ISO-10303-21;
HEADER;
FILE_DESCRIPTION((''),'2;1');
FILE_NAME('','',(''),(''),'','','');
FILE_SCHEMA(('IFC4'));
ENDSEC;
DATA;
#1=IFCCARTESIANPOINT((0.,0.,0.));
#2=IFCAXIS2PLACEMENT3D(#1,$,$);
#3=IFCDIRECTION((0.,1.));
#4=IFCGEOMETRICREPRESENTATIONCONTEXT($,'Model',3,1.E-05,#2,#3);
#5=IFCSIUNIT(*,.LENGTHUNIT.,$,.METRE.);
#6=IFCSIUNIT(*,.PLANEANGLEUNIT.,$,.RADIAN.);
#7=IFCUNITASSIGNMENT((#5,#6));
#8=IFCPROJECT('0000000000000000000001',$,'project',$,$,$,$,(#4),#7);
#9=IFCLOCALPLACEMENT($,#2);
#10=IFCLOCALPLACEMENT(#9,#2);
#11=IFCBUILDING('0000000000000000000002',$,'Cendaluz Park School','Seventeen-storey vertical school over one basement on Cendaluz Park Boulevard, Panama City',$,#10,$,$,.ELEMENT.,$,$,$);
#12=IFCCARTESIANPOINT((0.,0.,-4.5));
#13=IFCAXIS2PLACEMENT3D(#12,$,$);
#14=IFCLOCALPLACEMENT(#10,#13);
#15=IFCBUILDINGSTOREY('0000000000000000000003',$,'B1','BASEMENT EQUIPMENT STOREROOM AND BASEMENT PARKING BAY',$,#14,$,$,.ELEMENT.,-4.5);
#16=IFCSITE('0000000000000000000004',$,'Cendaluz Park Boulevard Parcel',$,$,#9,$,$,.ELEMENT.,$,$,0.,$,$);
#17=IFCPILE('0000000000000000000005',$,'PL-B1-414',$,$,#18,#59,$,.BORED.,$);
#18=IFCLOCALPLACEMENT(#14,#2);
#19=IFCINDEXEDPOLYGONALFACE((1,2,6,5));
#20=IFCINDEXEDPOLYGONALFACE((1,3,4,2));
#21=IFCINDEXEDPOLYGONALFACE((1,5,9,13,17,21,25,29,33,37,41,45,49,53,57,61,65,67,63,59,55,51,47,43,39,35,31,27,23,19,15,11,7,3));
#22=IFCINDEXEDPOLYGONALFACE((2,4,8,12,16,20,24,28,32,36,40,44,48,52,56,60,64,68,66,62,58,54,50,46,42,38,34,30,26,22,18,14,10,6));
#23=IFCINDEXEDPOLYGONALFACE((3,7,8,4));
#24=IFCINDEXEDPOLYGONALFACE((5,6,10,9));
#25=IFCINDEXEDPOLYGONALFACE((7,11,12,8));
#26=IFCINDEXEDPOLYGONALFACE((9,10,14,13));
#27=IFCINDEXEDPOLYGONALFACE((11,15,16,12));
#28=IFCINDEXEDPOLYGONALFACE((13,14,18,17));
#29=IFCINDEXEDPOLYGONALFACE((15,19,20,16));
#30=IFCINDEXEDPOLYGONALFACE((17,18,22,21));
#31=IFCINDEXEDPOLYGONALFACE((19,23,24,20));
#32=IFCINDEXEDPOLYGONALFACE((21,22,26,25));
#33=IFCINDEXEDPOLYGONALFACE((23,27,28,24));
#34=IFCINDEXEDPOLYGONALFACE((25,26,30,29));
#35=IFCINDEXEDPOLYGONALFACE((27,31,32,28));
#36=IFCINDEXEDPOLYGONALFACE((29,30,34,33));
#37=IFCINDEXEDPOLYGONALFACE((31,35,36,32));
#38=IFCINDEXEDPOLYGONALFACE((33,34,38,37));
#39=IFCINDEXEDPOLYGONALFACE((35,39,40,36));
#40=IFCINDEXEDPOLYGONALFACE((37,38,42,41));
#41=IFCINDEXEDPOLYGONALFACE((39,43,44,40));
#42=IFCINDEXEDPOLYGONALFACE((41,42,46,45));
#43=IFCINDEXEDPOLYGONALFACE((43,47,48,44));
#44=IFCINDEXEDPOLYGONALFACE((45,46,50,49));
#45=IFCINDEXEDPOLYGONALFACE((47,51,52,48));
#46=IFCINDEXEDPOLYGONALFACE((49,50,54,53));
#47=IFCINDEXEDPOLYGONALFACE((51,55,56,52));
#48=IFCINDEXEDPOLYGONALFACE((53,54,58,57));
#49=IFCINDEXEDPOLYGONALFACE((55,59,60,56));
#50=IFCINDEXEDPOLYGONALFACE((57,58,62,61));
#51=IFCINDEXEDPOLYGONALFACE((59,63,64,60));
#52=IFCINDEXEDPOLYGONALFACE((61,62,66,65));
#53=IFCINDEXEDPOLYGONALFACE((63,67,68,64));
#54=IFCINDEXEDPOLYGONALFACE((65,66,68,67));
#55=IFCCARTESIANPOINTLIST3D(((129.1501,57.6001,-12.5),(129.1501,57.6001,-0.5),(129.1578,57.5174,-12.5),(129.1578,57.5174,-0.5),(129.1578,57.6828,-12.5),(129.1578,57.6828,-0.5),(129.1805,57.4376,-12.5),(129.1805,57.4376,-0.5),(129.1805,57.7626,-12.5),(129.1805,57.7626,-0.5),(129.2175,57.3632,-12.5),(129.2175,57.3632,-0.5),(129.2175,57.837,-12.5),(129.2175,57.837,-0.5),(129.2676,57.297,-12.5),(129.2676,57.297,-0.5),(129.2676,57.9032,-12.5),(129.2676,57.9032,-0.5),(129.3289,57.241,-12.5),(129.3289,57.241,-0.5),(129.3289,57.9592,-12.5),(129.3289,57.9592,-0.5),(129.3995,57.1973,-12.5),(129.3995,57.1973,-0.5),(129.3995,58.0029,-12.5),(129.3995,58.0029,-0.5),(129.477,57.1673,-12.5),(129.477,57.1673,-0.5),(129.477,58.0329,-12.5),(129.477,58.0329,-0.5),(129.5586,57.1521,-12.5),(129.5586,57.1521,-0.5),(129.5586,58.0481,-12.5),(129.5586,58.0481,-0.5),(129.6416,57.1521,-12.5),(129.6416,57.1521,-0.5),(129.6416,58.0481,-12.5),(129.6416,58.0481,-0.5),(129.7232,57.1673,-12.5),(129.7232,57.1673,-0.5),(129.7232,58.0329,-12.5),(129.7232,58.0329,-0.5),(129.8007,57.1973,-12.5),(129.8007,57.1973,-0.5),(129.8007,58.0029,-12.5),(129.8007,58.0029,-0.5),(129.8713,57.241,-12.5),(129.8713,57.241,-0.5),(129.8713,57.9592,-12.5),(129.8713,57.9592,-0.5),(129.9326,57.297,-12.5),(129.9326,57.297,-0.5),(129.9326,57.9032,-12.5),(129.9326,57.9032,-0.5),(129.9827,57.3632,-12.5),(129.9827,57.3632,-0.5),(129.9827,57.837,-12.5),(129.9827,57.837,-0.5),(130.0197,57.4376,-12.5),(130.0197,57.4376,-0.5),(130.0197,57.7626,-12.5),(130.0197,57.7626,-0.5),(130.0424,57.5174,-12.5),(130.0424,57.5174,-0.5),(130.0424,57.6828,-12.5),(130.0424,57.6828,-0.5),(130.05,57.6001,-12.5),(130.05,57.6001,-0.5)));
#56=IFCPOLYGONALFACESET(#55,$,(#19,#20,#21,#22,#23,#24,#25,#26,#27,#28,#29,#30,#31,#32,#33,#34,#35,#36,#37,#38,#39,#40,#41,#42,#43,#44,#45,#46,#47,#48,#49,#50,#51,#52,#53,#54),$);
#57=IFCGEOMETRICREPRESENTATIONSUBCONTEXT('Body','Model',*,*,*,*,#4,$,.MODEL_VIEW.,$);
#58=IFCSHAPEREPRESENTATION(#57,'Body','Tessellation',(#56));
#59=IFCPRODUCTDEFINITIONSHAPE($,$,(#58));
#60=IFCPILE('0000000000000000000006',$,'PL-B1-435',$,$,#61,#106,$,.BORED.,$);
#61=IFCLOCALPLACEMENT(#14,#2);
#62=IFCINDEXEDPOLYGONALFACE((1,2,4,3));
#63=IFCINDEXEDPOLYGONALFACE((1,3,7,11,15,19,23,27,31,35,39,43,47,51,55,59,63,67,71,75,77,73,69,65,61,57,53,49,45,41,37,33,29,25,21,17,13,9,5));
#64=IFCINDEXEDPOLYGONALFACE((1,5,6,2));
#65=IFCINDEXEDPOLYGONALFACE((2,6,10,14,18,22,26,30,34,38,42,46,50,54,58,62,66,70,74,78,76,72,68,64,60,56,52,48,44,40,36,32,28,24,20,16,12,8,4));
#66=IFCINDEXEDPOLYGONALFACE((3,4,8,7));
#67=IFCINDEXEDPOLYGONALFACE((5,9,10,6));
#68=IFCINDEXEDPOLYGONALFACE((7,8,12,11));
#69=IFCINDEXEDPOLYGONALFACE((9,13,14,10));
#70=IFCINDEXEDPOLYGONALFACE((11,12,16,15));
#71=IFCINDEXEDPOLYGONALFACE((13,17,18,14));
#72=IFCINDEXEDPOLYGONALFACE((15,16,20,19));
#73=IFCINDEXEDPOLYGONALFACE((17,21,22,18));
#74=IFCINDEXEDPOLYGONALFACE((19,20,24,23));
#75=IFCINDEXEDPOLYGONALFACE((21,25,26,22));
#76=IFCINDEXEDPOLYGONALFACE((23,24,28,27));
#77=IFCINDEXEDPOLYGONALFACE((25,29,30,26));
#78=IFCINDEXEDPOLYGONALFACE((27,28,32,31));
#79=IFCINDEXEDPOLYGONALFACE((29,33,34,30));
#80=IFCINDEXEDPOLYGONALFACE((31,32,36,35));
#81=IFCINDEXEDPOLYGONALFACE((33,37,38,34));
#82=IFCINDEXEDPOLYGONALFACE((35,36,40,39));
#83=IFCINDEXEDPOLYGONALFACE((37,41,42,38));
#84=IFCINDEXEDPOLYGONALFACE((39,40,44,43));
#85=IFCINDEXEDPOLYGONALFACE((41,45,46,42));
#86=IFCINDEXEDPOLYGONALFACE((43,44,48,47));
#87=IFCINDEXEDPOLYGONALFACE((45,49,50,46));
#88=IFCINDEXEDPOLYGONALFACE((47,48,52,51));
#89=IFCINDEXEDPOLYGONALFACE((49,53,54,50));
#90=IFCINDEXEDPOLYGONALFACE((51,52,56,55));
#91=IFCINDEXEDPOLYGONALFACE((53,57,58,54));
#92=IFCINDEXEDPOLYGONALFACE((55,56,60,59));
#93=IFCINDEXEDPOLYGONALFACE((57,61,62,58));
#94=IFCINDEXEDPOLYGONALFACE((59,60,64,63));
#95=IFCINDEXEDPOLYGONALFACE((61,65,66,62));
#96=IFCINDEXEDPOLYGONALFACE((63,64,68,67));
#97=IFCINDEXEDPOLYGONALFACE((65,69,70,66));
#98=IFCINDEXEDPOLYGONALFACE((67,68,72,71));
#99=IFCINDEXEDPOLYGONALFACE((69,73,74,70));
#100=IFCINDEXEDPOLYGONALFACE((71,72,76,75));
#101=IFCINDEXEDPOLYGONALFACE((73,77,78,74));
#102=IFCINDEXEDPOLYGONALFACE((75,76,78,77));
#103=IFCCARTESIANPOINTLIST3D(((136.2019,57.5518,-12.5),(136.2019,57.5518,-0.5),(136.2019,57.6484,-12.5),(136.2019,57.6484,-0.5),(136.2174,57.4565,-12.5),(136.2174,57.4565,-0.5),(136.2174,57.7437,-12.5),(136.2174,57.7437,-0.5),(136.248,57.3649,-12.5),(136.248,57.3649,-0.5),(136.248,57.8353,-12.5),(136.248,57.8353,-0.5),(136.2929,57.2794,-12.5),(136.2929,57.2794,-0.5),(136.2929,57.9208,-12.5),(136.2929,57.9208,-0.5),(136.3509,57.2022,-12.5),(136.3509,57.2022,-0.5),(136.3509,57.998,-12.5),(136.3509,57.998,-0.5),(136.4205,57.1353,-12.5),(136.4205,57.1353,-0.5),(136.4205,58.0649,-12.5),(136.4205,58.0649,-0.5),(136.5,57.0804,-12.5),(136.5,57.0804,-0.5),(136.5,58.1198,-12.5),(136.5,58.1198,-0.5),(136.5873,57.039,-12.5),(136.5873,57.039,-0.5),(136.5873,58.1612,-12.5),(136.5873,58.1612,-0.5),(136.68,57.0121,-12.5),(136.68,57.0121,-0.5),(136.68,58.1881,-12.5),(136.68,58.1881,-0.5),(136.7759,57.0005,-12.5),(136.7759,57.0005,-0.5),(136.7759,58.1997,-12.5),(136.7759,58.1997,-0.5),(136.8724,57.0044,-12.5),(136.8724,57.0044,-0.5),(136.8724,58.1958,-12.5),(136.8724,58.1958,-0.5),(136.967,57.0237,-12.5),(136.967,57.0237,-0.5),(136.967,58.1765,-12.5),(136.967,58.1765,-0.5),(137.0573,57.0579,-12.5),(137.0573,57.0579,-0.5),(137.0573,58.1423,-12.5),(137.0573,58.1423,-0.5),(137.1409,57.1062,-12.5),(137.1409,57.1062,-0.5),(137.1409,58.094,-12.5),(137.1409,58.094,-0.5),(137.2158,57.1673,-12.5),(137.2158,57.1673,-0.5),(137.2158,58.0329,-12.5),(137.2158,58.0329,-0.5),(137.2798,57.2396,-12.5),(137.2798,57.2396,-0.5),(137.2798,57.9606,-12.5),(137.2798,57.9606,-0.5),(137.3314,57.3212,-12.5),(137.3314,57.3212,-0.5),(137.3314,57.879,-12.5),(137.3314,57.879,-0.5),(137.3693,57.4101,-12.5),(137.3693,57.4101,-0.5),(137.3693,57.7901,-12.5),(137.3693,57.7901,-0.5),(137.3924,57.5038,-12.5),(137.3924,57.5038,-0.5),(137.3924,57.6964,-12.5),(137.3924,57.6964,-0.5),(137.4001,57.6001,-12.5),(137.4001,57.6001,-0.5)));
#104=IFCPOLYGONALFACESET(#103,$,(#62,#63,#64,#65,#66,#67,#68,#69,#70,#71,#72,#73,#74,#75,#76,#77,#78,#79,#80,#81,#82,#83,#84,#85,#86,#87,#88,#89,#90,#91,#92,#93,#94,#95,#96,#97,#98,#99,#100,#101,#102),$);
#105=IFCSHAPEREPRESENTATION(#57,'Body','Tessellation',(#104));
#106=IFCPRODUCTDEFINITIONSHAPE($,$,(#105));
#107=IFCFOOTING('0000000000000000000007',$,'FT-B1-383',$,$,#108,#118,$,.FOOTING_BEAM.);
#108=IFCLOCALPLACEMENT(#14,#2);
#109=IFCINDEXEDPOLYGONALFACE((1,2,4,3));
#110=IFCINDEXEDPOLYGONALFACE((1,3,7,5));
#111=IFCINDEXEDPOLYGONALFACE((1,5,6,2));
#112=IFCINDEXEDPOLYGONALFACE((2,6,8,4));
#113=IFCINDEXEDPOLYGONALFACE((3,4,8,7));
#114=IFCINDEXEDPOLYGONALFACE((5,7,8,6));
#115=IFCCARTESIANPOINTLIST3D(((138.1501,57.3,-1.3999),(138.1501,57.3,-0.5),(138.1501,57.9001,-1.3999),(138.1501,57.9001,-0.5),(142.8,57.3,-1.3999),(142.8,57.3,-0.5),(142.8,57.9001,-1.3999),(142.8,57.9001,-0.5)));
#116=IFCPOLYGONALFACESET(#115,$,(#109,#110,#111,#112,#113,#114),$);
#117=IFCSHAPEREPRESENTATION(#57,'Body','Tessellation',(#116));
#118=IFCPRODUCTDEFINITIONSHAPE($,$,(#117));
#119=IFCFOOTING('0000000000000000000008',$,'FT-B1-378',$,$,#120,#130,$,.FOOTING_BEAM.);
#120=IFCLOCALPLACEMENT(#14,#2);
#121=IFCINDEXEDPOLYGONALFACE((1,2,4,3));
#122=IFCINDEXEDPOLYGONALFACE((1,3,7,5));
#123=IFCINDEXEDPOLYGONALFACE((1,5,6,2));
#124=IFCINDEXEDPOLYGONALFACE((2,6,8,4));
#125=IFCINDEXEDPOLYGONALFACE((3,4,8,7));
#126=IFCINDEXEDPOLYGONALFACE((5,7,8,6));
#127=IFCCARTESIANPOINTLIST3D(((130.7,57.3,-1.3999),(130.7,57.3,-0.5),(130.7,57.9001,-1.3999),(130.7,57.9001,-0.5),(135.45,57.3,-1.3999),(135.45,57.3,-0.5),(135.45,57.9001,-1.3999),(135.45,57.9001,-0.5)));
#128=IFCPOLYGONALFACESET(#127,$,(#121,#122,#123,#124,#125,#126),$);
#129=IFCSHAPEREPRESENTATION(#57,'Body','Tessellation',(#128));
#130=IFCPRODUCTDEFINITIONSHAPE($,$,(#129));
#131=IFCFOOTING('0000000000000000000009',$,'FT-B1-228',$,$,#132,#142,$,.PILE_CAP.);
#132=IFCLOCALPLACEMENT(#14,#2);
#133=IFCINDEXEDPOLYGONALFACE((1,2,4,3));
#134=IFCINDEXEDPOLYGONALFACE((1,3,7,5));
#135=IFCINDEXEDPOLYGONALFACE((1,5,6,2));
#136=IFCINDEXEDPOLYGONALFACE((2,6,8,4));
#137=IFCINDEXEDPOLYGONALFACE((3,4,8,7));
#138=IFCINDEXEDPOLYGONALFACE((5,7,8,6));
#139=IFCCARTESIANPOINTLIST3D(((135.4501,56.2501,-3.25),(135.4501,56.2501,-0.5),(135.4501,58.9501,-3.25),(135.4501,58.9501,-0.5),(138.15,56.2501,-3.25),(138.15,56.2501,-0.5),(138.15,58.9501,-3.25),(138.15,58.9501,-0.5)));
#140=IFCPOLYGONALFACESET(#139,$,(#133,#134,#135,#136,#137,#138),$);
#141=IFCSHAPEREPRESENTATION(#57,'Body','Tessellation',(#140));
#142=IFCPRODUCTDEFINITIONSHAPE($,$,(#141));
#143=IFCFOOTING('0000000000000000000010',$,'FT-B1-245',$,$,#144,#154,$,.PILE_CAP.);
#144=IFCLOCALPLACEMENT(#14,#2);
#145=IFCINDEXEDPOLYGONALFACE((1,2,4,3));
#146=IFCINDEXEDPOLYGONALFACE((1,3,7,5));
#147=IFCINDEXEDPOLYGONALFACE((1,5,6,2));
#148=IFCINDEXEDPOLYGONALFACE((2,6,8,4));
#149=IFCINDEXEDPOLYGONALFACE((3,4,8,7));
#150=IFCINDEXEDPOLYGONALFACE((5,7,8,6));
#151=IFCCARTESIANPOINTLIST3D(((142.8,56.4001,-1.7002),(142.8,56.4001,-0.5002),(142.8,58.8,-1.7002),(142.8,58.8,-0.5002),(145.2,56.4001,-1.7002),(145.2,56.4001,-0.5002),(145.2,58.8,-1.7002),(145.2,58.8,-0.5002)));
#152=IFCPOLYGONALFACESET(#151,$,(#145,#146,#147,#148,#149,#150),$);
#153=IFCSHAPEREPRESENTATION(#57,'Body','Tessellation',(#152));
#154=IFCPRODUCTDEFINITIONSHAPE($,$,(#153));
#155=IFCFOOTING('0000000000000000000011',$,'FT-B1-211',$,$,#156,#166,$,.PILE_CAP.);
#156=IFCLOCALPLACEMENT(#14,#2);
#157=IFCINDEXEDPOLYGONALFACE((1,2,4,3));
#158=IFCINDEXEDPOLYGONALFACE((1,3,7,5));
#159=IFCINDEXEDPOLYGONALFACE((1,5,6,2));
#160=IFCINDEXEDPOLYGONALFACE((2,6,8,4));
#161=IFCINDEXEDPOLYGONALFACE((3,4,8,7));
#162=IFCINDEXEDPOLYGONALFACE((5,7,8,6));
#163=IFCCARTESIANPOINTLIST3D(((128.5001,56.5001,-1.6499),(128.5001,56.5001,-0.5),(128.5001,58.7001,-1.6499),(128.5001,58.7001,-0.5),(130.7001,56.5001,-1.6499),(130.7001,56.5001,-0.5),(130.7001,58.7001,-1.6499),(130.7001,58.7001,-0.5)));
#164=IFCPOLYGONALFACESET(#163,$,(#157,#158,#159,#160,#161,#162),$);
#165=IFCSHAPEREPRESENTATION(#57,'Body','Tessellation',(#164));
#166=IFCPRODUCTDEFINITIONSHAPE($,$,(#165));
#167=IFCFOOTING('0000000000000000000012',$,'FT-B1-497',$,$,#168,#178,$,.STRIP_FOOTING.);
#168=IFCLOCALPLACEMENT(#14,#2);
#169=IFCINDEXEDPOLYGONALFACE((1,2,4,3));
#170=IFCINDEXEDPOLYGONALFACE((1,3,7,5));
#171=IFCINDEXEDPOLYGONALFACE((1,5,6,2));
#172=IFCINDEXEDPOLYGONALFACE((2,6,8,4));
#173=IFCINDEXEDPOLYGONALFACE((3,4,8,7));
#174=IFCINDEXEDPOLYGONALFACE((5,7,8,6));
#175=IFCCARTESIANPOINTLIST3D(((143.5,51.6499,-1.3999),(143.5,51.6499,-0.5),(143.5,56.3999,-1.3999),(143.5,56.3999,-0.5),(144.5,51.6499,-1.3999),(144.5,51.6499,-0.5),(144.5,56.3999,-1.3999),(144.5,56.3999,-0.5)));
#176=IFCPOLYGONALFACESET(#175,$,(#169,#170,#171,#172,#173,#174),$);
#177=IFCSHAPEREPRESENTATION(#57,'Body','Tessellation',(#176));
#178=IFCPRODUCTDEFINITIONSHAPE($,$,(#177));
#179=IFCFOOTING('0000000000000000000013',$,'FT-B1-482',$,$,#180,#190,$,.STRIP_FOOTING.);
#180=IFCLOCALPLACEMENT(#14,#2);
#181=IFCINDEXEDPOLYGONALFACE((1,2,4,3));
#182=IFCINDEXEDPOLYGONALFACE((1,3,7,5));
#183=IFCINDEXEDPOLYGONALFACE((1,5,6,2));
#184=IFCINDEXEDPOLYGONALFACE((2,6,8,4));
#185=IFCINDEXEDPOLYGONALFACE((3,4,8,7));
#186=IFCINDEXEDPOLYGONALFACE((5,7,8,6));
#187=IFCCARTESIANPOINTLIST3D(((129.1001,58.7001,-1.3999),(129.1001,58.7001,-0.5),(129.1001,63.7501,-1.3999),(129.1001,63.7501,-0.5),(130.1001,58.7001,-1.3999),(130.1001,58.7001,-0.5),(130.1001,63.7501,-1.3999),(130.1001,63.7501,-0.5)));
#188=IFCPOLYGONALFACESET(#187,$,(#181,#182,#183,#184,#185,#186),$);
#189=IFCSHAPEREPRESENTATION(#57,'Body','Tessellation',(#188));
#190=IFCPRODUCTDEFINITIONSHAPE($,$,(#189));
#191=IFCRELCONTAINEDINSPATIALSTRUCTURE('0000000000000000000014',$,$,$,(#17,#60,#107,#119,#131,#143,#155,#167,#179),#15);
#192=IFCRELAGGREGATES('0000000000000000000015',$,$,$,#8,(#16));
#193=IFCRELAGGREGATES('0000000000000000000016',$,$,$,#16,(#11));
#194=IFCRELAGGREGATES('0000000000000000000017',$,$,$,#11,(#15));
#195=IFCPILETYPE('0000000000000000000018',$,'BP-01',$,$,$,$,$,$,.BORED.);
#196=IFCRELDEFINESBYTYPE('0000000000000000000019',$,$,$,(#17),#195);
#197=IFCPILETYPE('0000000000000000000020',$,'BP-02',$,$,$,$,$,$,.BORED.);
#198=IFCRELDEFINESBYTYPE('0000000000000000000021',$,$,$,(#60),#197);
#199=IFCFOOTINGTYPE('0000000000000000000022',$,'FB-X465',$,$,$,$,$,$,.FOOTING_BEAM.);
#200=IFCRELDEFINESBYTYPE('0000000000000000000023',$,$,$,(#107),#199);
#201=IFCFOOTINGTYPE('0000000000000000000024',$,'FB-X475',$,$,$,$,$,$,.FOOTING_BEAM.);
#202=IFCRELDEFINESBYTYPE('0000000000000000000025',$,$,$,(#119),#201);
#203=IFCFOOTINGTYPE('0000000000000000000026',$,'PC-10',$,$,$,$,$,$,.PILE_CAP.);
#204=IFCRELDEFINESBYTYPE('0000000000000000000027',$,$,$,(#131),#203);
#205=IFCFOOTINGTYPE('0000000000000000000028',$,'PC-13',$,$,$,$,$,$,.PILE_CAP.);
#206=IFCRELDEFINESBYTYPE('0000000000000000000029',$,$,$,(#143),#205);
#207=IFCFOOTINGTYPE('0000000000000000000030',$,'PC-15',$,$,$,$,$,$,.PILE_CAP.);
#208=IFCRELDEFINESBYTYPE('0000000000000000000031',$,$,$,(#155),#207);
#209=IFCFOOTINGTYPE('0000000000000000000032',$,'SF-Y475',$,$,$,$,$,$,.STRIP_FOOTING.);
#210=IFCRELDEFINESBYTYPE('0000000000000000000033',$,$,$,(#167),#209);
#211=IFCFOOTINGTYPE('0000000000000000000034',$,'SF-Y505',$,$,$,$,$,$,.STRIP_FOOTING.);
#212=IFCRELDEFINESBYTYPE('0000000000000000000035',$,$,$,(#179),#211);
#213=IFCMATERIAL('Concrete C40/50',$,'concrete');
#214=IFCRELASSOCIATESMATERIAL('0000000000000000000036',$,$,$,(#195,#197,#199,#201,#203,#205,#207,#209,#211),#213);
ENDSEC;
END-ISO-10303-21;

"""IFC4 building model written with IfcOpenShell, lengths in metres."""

from ifc_helpers import new_model, si_unit, direction, frame, origin, origin_2d, place, context, subcontext, project, spatial, rectangle, circle, extrude, material, material_profile, profile_set, type_object, element, save


model = new_model("IFC4")

# Units and contexts
model_context = context("Model", 3, precision=1e-05, world=origin(), true_north=direction((0.0, 1.0)))
body_context = subcontext(model_context, "Body", "Model", "MODEL_VIEW")
ifc_project = project(units=[si_unit("LENGTHUNIT", "METRE"), si_unit("PLANEANGLEUNIT", "RADIAN")], contexts=[model_context])

# Site, building, storey
site_placement = place(None, origin())
site = spatial("IfcSite", under=ifc_project, at=site_placement, Name="Cendaluz Park Boulevard Parcel", CompositionType="ELEMENT", RefElevation=0.0)
building_placement = place(site_placement, origin())
building = spatial("IfcBuilding", under=site, at=building_placement, Name="Cendaluz Park School", Description="Seventeen-storey vertical school over one basement on Cendaluz Park Boulevard, Panama City", CompositionType="ELEMENT")
storey_placement = place(building_placement, frame((0.0, 0.0, -4.5)))
storey = spatial("IfcBuildingStorey", under=building, at=storey_placement, Name="B1", Description="BASEMENT EQUIPMENT STOREROOM AND BASEMENT PARKING BAY", CompositionType="ELEMENT", Elevation=-4.5)

# Piles
ifc_material_1 = material(Name="Concrete C40/50", Category="concrete")
ifc_material_profile_1 = material_profile(ifc_material_1, circle(Radius=0.45, at=origin_2d()), Name="BP D900", Category="concrete")
ifc_profile_set_1 = profile_set([ifc_material_profile_1], Name="Concrete C40/50")
pile_type_1 = type_object("IfcPileType", Name="BP-01", PredefinedType="BORED", material=ifc_profile_set_1)
pile_1_placement = place(storey_placement, frame((129.6001, 57.6001, -0.5), z_axis=(0.0, 0.0, -1.0), x_axis=(1.0, 0.0, 0.0)))
element("IfcPile", 1, at=pile_1_placement, inside=storey, type_object=pile_type_1, Name="PL-B1-414", PredefinedType="BORED", context=body_context, shape_type="SweptSolid", body=[
    extrude(circle(Radius=0.45, at=origin_2d()), origin(), (0.0, 0.0, 1.0), 12.0),
])
ifc_material_profile_2 = material_profile(ifc_material_1, circle(Radius=0.6001, at=origin_2d()), Name="BP D1200", Category="concrete")
ifc_profile_set_2 = profile_set([ifc_material_profile_2], Name="Concrete C40/50")
pile_type_2 = type_object("IfcPileType", Name="BP-02", PredefinedType="BORED", material=ifc_profile_set_2)
pile_2_placement = place(storey_placement, frame((136.8, 57.6001, -0.5), z_axis=(0.0, 0.0, -1.0), x_axis=(1.0, 0.0, 0.0)))
element("IfcPile", 2, at=pile_2_placement, inside=storey, type_object=pile_type_2, Name="PL-B1-435", PredefinedType="BORED", context=body_context, shape_type="SweptSolid", body=[
    extrude(circle(Radius=0.6001, at=origin_2d()), origin(), (0.0, 0.0, 1.0), 12.0),
])

# Footings
footing_type_1 = type_object("IfcFootingType", Name="FB-X465", PredefinedType="FOOTING_BEAM", material=ifc_material_1)
footing_1_placement = place(storey_placement, frame((140.4751, 57.6001, -1.3999), z_axis=(0.0, 0.0, 1.0), x_axis=(1.0, 0.0, 0.0)))
element("IfcFooting", 3, at=footing_1_placement, inside=storey, type_object=footing_type_1, Name="FT-B1-383", PredefinedType="FOOTING_BEAM", context=body_context, shape_type="SweptSolid", body=[
    extrude(rectangle(XDim=4.6499, YDim=0.6001, at=origin_2d()), origin(), (0.0, 0.0, 1.0), 0.8999),
])
footing_type_2 = type_object("IfcFootingType", Name="FB-X475", PredefinedType="FOOTING_BEAM", material=ifc_material_1)
footing_2_placement = place(storey_placement, frame((133.075, 57.6001, -1.3999), z_axis=(0.0, 0.0, 1.0), x_axis=(1.0, 0.0, 0.0)))
element("IfcFooting", 4, at=footing_2_placement, inside=storey, type_object=footing_type_2, Name="FT-B1-378", PredefinedType="FOOTING_BEAM", context=body_context, shape_type="SweptSolid", body=[
    extrude(rectangle(XDim=4.75, YDim=0.6001, at=origin_2d()), origin(), (0.0, 0.0, 1.0), 0.8999),
])
footing_type_3 = type_object("IfcFootingType", Name="PC-10", PredefinedType="PILE_CAP", material=ifc_material_1)
footing_3_placement = place(storey_placement, frame((136.8, 57.6001, -3.25), z_axis=(0.0, 0.0, 1.0), x_axis=(1.0, 0.0, 0.0)))
element("IfcFooting", 5, at=footing_3_placement, inside=storey, type_object=footing_type_3, Name="FT-B1-228", PredefinedType="PILE_CAP", context=body_context, shape_type="SweptSolid", body=[
    extrude(rectangle(XDim=2.7, YDim=2.7, at=origin_2d()), origin(), (0.0, 0.0, 1.0), 2.75),
])
footing_type_4 = type_object("IfcFootingType", Name="PC-13", PredefinedType="PILE_CAP", material=ifc_material_1)
footing_4_placement = place(storey_placement, frame((144.0, 57.6001, -1.7002), z_axis=(0.0, 0.0, 1.0), x_axis=(1.0, 0.0, 0.0)))
element("IfcFooting", 6, at=footing_4_placement, inside=storey, type_object=footing_type_4, Name="FT-B1-245", PredefinedType="PILE_CAP", context=body_context, shape_type="SweptSolid", body=[
    extrude(rectangle(XDim=2.3999, YDim=2.3999, at=origin_2d()), origin(), (0.0, 0.0, 1.0), 1.2),
])
footing_type_5 = type_object("IfcFootingType", Name="PC-15", PredefinedType="PILE_CAP", material=ifc_material_1)
footing_5_placement = place(storey_placement, frame((129.6001, 57.6001, -1.6499), z_axis=(0.0, 0.0, 1.0), x_axis=(1.0, 0.0, 0.0)))
element("IfcFooting", 7, at=footing_5_placement, inside=storey, type_object=footing_type_5, Name="FT-B1-211", PredefinedType="PILE_CAP", context=body_context, shape_type="SweptSolid", body=[
    extrude(rectangle(XDim=2.2, YDim=2.2, at=origin_2d()), origin(), (0.0, 0.0, 1.0), 1.1499),
])
footing_type_6 = type_object("IfcFootingType", Name="SF-Y475", PredefinedType="STRIP_FOOTING", material=ifc_material_1)
footing_6_placement = place(storey_placement, frame((144.0, 54.0249, -1.3999), z_axis=(0.0, 0.0, 1.0), x_axis=(1.0, 0.0, 0.0)))
element("IfcFooting", 8, at=footing_6_placement, inside=storey, type_object=footing_type_6, Name="FT-B1-497", PredefinedType="STRIP_FOOTING", context=body_context, shape_type="SweptSolid", body=[
    extrude(rectangle(XDim=1.0, YDim=4.75, at=origin_2d()), origin(), (0.0, 0.0, 1.0), 0.8999),
])
footing_type_7 = type_object("IfcFootingType", Name="SF-Y505", PredefinedType="STRIP_FOOTING", material=ifc_material_1)
footing_7_placement = place(storey_placement, frame((129.6001, 61.2251, -1.3999), z_axis=(0.0, 0.0, 1.0), x_axis=(1.0, 0.0, 0.0)))
element("IfcFooting", 9, at=footing_7_placement, inside=storey, type_object=footing_type_7, Name="FT-B1-482", PredefinedType="STRIP_FOOTING", context=body_context, shape_type="SweptSolid", body=[
    extrude(rectangle(XDim=1.0, YDim=5.05, at=origin_2d()), origin(), (0.0, 0.0, 1.0), 0.8999),
])

save(model, "model.ifc")
